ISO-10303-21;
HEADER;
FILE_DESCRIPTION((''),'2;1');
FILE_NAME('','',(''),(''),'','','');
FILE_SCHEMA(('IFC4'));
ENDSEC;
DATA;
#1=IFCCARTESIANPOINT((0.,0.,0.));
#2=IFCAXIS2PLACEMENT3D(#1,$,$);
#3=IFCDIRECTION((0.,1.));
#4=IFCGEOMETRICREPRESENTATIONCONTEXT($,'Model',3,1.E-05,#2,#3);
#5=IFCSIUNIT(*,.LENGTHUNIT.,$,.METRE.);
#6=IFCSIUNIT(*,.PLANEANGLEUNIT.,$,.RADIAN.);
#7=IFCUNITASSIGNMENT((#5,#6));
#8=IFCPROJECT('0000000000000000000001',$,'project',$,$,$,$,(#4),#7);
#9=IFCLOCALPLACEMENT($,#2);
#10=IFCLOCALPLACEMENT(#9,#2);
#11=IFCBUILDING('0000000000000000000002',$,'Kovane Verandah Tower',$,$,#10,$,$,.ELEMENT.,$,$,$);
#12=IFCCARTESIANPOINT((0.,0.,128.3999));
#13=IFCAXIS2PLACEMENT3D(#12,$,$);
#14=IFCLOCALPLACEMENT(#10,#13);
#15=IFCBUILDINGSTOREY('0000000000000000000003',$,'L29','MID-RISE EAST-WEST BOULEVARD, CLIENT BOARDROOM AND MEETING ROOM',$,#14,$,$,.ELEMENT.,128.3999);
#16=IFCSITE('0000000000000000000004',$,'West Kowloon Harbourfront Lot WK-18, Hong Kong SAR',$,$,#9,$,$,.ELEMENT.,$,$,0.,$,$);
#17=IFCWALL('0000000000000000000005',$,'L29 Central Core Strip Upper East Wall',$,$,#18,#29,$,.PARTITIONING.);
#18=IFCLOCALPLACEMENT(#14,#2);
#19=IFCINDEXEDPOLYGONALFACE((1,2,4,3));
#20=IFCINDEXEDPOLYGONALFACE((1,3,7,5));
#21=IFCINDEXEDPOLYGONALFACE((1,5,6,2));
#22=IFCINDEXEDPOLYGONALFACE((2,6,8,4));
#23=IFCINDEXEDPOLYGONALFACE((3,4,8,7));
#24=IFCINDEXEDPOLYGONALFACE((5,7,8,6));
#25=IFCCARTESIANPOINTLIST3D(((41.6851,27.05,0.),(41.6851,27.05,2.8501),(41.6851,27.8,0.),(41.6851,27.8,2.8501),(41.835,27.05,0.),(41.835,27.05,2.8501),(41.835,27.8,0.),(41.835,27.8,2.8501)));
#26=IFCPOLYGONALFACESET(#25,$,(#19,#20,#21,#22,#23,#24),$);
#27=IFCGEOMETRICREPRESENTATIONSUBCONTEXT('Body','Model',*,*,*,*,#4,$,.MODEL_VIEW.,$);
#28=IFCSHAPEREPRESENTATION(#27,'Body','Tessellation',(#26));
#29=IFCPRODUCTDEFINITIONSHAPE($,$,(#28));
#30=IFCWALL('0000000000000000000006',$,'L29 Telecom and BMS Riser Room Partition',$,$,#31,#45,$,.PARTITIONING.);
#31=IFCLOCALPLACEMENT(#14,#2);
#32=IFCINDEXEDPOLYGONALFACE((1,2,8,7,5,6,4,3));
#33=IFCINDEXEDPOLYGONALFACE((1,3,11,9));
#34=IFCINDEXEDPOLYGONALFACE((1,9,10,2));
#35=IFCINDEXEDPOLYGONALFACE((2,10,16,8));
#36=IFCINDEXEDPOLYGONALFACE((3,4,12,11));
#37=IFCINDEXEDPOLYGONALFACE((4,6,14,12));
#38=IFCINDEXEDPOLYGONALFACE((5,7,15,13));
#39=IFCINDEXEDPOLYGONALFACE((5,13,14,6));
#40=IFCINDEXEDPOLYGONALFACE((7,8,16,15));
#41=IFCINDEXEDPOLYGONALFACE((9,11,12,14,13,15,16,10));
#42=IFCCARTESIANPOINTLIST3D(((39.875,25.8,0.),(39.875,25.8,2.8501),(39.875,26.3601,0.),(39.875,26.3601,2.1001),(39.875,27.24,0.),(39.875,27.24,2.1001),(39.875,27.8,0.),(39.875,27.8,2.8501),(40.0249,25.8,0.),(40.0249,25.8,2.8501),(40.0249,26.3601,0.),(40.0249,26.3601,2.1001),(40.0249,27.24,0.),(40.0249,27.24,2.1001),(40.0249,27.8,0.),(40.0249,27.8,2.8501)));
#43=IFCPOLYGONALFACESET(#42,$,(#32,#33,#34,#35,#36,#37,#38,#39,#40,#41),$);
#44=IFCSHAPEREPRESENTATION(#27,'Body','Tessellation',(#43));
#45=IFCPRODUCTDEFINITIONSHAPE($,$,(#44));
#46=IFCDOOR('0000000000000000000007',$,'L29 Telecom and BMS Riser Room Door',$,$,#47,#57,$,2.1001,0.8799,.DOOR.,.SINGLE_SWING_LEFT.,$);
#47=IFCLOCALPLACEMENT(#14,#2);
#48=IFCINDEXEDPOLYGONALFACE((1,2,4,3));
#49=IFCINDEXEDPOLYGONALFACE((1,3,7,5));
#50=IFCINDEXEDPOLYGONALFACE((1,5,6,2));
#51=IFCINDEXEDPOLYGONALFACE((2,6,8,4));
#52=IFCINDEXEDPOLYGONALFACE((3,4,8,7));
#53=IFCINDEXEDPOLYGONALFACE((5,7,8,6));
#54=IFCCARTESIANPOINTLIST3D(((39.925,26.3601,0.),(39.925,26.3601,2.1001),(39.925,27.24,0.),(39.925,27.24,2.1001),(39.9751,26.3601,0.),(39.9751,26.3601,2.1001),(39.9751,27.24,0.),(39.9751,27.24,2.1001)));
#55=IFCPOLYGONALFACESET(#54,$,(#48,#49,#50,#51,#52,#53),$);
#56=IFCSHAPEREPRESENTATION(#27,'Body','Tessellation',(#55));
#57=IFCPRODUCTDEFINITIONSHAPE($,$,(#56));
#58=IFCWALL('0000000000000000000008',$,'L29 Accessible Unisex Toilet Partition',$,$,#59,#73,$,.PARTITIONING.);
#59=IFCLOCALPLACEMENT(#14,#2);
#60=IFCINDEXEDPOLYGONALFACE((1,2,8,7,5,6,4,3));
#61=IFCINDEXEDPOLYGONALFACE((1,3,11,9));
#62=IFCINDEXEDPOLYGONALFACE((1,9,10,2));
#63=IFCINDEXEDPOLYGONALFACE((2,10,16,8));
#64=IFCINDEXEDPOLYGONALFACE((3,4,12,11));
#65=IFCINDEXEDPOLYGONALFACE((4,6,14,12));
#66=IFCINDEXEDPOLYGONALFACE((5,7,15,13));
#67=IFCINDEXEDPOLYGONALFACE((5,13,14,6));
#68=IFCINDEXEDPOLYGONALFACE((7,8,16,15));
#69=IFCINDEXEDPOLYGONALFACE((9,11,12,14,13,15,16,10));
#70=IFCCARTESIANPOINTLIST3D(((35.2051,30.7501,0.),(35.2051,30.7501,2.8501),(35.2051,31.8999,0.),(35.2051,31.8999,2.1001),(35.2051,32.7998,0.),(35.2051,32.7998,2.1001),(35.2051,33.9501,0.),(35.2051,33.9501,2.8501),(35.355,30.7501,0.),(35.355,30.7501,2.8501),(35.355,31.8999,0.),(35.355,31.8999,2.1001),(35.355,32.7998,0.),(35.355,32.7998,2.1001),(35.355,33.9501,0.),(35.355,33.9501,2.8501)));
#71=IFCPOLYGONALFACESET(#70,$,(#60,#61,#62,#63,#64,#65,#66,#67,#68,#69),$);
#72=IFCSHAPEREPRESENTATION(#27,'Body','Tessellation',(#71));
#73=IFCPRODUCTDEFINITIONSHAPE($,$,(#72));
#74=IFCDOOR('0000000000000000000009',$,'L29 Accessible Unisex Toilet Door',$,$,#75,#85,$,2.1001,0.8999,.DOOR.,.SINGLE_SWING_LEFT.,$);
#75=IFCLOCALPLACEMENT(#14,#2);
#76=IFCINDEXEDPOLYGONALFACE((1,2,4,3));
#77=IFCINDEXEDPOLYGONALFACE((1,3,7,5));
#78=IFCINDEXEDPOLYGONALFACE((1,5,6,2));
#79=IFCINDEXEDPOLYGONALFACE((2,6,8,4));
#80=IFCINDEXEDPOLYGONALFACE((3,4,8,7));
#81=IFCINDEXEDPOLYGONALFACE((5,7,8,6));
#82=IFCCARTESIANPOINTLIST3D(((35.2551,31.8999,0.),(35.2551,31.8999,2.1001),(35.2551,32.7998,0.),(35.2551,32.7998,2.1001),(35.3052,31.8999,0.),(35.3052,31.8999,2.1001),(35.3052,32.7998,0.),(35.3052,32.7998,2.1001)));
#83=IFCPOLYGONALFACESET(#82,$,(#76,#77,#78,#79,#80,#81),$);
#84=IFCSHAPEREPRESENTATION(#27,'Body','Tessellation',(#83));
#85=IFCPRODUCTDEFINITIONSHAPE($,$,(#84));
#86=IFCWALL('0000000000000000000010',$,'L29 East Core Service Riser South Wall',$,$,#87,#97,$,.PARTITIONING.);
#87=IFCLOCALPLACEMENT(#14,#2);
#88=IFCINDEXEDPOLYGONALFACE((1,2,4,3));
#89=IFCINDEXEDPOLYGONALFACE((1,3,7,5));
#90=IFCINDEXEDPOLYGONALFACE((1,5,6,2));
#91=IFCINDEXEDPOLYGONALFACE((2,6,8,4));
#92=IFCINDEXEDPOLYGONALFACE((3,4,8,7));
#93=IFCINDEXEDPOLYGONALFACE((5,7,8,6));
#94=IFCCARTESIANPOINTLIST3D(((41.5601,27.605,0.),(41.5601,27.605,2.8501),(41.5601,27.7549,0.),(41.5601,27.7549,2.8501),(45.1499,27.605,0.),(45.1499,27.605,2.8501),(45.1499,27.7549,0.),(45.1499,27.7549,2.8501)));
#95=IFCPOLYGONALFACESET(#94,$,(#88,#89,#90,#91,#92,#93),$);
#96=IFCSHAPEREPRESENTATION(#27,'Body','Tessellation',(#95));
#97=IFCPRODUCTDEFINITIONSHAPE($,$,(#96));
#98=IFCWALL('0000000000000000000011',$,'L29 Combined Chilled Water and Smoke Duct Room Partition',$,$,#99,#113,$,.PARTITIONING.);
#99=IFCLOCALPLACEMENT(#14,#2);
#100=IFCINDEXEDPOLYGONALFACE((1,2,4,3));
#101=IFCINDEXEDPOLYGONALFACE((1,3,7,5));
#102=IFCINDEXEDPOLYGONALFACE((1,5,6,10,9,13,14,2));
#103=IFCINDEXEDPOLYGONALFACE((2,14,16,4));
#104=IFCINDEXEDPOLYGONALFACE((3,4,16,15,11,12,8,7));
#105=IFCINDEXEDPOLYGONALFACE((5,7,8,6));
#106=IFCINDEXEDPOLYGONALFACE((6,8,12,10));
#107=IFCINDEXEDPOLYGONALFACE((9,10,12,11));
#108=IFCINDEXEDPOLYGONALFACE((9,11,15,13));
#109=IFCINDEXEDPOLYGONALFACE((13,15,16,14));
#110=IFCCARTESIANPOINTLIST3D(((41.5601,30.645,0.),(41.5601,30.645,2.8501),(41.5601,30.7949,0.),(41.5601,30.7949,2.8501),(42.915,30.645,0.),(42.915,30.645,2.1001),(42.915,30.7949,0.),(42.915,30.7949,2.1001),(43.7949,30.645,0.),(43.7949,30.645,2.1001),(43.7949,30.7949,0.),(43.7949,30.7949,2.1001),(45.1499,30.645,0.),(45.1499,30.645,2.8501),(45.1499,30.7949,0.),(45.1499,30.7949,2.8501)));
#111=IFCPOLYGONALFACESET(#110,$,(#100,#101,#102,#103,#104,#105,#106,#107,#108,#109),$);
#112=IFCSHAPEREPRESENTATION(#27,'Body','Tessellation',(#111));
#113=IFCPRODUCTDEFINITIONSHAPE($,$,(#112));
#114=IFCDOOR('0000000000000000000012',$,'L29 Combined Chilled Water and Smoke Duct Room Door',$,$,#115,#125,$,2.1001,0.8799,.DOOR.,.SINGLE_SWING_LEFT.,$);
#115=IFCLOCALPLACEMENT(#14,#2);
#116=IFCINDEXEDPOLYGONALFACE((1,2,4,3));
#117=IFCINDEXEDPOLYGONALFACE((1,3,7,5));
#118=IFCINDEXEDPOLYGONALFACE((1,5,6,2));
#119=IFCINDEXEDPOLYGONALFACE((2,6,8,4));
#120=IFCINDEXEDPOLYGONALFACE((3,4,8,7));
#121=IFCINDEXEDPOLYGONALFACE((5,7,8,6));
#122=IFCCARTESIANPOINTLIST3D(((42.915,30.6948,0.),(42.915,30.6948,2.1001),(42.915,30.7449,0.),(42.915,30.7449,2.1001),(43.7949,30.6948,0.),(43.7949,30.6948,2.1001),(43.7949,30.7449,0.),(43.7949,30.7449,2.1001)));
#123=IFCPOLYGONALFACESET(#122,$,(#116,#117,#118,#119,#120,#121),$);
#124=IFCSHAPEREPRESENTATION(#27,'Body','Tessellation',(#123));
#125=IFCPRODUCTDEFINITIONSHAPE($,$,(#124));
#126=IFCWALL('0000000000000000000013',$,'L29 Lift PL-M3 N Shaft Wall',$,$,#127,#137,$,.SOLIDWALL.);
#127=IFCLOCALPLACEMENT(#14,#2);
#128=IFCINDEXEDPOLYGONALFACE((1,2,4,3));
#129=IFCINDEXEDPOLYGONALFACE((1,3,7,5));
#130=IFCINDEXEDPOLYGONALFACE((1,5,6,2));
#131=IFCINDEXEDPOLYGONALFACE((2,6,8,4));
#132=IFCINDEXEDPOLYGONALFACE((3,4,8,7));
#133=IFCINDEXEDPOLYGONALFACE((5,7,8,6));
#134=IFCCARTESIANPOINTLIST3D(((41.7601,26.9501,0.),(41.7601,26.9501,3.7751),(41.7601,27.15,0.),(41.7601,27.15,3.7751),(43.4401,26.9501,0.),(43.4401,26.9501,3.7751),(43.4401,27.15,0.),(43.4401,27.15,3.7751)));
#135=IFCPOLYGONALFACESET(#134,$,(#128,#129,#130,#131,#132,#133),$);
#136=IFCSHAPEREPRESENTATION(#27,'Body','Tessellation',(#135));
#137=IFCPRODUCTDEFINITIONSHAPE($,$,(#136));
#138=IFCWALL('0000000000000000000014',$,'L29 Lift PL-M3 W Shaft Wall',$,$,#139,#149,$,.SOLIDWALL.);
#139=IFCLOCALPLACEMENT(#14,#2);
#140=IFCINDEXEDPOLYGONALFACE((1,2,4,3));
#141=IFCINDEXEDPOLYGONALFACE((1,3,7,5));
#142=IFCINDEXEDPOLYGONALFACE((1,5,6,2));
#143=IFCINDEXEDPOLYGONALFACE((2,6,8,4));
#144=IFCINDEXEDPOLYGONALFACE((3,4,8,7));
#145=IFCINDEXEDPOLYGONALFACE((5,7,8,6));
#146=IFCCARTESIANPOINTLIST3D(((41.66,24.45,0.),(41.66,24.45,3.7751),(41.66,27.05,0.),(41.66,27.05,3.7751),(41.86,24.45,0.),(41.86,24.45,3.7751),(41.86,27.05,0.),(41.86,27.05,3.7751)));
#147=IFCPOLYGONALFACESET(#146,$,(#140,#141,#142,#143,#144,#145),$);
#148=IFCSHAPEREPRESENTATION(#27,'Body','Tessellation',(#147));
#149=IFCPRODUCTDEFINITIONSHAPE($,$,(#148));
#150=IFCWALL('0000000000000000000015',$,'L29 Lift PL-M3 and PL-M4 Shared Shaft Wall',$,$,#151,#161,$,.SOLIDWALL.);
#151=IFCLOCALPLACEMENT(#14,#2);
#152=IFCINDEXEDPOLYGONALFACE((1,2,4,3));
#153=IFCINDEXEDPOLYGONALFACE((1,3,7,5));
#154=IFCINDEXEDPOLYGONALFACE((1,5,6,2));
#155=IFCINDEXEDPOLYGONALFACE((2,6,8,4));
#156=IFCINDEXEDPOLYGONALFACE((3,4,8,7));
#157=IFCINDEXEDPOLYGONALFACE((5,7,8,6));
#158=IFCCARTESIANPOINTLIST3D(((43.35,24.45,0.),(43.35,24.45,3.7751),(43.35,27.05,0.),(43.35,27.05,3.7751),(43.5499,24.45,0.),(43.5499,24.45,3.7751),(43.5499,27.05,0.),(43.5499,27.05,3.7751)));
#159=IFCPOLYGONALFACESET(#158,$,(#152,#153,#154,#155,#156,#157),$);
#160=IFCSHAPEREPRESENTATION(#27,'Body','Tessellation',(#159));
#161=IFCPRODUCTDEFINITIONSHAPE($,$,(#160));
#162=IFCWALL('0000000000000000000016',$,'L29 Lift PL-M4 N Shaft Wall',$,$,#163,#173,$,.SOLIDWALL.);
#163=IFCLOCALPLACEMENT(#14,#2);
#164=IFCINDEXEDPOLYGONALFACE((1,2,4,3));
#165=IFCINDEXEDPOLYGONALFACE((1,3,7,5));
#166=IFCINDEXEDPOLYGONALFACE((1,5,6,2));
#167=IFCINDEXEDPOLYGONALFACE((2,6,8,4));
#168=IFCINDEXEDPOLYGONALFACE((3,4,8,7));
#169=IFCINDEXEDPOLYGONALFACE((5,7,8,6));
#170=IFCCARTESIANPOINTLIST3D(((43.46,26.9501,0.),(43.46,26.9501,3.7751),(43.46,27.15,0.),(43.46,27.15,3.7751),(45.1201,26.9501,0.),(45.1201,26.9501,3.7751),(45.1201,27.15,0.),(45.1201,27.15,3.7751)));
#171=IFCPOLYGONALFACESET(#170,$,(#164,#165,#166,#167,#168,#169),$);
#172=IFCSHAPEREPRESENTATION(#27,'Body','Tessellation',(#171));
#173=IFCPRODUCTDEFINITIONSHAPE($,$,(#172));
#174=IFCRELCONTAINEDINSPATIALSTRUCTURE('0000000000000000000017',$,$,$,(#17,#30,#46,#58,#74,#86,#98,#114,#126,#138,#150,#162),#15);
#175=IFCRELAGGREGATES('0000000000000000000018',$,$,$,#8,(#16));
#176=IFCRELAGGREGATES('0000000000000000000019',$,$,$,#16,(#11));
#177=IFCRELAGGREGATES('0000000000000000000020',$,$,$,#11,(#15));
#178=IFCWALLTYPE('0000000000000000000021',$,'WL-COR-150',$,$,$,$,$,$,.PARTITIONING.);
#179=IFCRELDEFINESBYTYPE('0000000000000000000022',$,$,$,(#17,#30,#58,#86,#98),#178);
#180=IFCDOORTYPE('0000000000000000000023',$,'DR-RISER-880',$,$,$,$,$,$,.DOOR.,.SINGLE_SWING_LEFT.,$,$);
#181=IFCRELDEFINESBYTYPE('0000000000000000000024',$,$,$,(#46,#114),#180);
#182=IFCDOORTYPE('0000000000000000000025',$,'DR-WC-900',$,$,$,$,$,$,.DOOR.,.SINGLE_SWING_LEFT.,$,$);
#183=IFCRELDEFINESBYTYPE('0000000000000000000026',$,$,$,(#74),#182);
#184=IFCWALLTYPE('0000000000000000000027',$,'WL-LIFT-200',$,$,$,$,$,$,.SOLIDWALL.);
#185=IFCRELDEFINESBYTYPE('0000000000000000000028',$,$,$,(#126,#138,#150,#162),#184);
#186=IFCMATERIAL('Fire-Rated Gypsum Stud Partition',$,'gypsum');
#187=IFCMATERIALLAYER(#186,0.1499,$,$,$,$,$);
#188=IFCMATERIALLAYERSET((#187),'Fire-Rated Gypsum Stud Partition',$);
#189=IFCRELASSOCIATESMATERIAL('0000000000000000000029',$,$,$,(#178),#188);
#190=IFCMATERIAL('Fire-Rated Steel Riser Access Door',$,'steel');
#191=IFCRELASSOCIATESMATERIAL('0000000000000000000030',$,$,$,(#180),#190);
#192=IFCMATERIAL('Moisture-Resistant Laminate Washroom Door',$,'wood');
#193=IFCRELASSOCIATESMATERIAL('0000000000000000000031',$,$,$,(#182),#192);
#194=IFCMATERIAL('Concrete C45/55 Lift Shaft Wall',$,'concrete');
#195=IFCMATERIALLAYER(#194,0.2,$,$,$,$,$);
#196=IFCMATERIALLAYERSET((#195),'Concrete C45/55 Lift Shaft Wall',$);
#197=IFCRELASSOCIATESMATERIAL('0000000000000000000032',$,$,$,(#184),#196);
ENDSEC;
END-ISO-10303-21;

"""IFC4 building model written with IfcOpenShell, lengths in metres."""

from ifc_helpers import new_model, si_unit, direction, frame, frame_2d, origin, place, context, subcontext, project, spatial, rectangle, extrude, material, layer, layer_set, type_object, element, fill, save


model = new_model("IFC4")

# Units and contexts
model_context = context("Model", 3, precision=1e-05, world=origin(), true_north=direction((0.0, 1.0)))
body_context = subcontext(model_context, "Body", "Model", "MODEL_VIEW")
ifc_project = project(units=[si_unit("LENGTHUNIT", "METRE"), si_unit("PLANEANGLEUNIT", "RADIAN")], contexts=[model_context])

# Site, building, storey
site_placement = place(None, origin())
site = spatial("IfcSite", under=ifc_project, at=site_placement, Name="West Kowloon Harbourfront Lot WK-18, Hong Kong SAR", CompositionType="ELEMENT", RefElevation=0.0)
building_placement = place(site_placement, origin())
building = spatial("IfcBuilding", under=site, at=building_placement, Name="Kovane Verandah Tower", CompositionType="ELEMENT")
storey_placement = place(building_placement, frame((0.0, 0.0, 128.3999)))
storey = spatial("IfcBuildingStorey", under=building, at=storey_placement, Name="L29", Description="MID-RISE EAST-WEST BOULEVARD, CLIENT BOARDROOM AND MEETING ROOM", CompositionType="ELEMENT", Elevation=128.3999)

# Wall
ifc_material_1 = material(Name="Fire-Rated Gypsum Stud Partition", Category="gypsum")
ifc_layer_1 = layer(ifc_material_1, 0.1499)
ifc_layer_set_1 = layer_set([ifc_layer_1], Name="Fire-Rated Gypsum Stud Partition")
wall_type_1 = type_object("IfcWallType", Name="WL-COR-150", PredefinedType="PARTITIONING", material=ifc_layer_set_1)
wall_1_placement = place(storey_placement, frame((41.76, 27.05, 0.0), z_axis=(0.0, 0.0, 1.0), x_axis=(0.0, 1.0, 0.0)))
element("IfcWall", 1, at=wall_1_placement, inside=storey, type_object=wall_type_1, Name="L29 Central Core Strip Upper East Wall", PredefinedType="PARTITIONING", context=body_context, shape_type="SweptSolid", body=[
    extrude(rectangle(XDim=0.75, YDim=0.1499, at=frame_2d((0.375, 0.0))), origin(), (0.0, 0.0, 1.0), 2.8501),
])

# Walls, openings, doors
wall_2_placement = place(storey_placement, frame((39.95, 25.8, 0.0), z_axis=(0.0, 0.0, 1.0), x_axis=(0.0, 1.0, 0.0)))
wall_2 = element("IfcWall", 2, at=wall_2_placement, inside=storey, type_object=wall_type_1, Name="L29 Telecom and BMS Riser Room Partition", PredefinedType="PARTITIONING", context=body_context, shape_type="SweptSolid", body=[
    extrude(rectangle(XDim=2.0, YDim=0.1499, at=frame_2d((1.0, 0.0))), origin(), (0.0, 0.0, 1.0), 2.8501),
])
opening_1_placement = place(wall_2_placement, frame((0.5601, 0.0, 0.0)))
opening_1 = element("IfcOpeningElement", 3, at=opening_1_placement, cuts=wall_2, PredefinedType="OPENING", context=body_context, shape_type="SweptSolid", body=[
    extrude(rectangle(XDim=0.8799, YDim=2.1001, at=frame_2d((0.4399, 1.05))), frame((0.0, 0.075, 0.0), z_axis=(0.0, -1.0, 0.0), x_axis=(1.0, 0.0, 0.0)), (0.0, 0.0, 1.0), 0.1499),
])
ifc_material_2 = material(Name="Fire-Rated Steel Riser Access Door", Category="steel")
door_type_1 = type_object("IfcDoorType", Name="DR-RISER-880", OperationType="SINGLE_SWING_LEFT", PredefinedType="DOOR", material=ifc_material_2)
door_1_placement = place(opening_1_placement, origin())
door_1 = element("IfcDoor", 4, at=door_1_placement, inside=storey, type_object=door_type_1, Name="L29 Telecom and BMS Riser Room Door", OperationType="SINGLE_SWING_LEFT", OverallHeight=2.1001, OverallWidth=0.8799, PredefinedType="DOOR", context=body_context, shape_type="SweptSolid", body=[
    extrude(rectangle(XDim=0.8799, YDim=2.1001, at=frame_2d((0.4399, 1.05))), frame((0.0, 0.0249, 0.0), z_axis=(0.0, -1.0, 0.0), x_axis=(1.0, 0.0, 0.0)), (0.0, 0.0, 1.0), 0.05),
])
fill(opening_1, door_1)
wall_3_placement = place(storey_placement, frame((35.28, 30.75, 0.0), z_axis=(0.0, 0.0, 1.0), x_axis=(0.0, 1.0, 0.0)))
wall_3 = element("IfcWall", 5, at=wall_3_placement, inside=storey, type_object=wall_type_1, Name="L29 Accessible Unisex Toilet Partition", PredefinedType="PARTITIONING", context=body_context, shape_type="SweptSolid", body=[
    extrude(rectangle(XDim=3.2, YDim=0.1499, at=frame_2d((1.6001, 0.0))), origin(), (0.0, 0.0, 1.0), 2.8501),
])
opening_2_placement = place(wall_3_placement, frame((1.1499, 0.0, 0.0)))
opening_2 = element("IfcOpeningElement", 6, at=opening_2_placement, cuts=wall_3, PredefinedType="OPENING", context=body_context, shape_type="SweptSolid", body=[
    extrude(rectangle(XDim=0.8999, YDim=2.1001, at=frame_2d((0.45, 1.05))), frame((0.0, 0.075, 0.0), z_axis=(0.0, -1.0, 0.0), x_axis=(1.0, 0.0, 0.0)), (0.0, 0.0, 1.0), 0.1499),
])
ifc_material_3 = material(Name="Moisture-Resistant Laminate Washroom Door", Category="wood")
door_type_2 = type_object("IfcDoorType", Name="DR-WC-900", OperationType="SINGLE_SWING_LEFT", PredefinedType="DOOR", material=ifc_material_3)
door_2_placement = place(opening_2_placement, origin())
door_2 = element("IfcDoor", 7, at=door_2_placement, inside=storey, type_object=door_type_2, Name="L29 Accessible Unisex Toilet Door", OperationType="SINGLE_SWING_LEFT", OverallHeight=2.1001, OverallWidth=0.8999, PredefinedType="DOOR", context=body_context, shape_type="SweptSolid", body=[
    extrude(rectangle(XDim=0.8999, YDim=2.1001, at=frame_2d((0.45, 1.05))), frame((0.0, 0.0249, 0.0), z_axis=(0.0, -1.0, 0.0), x_axis=(1.0, 0.0, 0.0)), (0.0, 0.0, 1.0), 0.05),
])
fill(opening_2, door_2)

# Wall
wall_4_placement = place(storey_placement, frame((41.5601, 27.6799, 0.0), z_axis=(0.0, 0.0, 1.0), x_axis=(1.0, 0.0, 0.0)))
element("IfcWall", 8, at=wall_4_placement, inside=storey, type_object=wall_type_1, Name="L29 East Core Service Riser South Wall", PredefinedType="PARTITIONING", context=body_context, shape_type="SweptSolid", body=[
    extrude(rectangle(XDim=3.5898, YDim=0.1499, at=frame_2d((1.7949, 0.0))), origin(), (0.0, 0.0, 1.0), 2.8501),
])

# Wall, opening, door
wall_5_placement = place(storey_placement, frame((41.5601, 30.72, 0.0), z_axis=(0.0, 0.0, 1.0), x_axis=(1.0, 0.0, 0.0)))
wall_5 = element("IfcWall", 9, at=wall_5_placement, inside=storey, type_object=wall_type_1, Name="L29 Combined Chilled Water and Smoke Duct Room Partition", PredefinedType="PARTITIONING", context=body_context, shape_type="SweptSolid", body=[
    extrude(rectangle(XDim=3.5898, YDim=0.1499, at=frame_2d((1.7949, 0.0))), origin(), (0.0, 0.0, 1.0), 2.8501),
])
opening_3_placement = place(wall_5_placement, frame((1.355, 0.0, 0.0)))
opening_3 = element("IfcOpeningElement", 10, at=opening_3_placement, cuts=wall_5, PredefinedType="OPENING", context=body_context, shape_type="SweptSolid", body=[
    extrude(rectangle(XDim=0.8799, YDim=2.1001, at=frame_2d((0.4399, 1.05))), frame((0.0, 0.075, 0.0), z_axis=(0.0, -1.0, 0.0), x_axis=(1.0, 0.0, 0.0)), (0.0, 0.0, 1.0), 0.1499),
])
door_3_placement = place(opening_3_placement, origin())
door_3 = element("IfcDoor", 11, at=door_3_placement, inside=storey, type_object=door_type_1, Name="L29 Combined Chilled Water and Smoke Duct Room Door", OperationType="SINGLE_SWING_LEFT", OverallHeight=2.1001, OverallWidth=0.8799, PredefinedType="DOOR", context=body_context, shape_type="SweptSolid", body=[
    extrude(rectangle(XDim=0.8799, YDim=2.1001, at=frame_2d((0.4399, 1.05))), frame((0.0, 0.0249, 0.0), z_axis=(0.0, -1.0, 0.0), x_axis=(1.0, 0.0, 0.0)), (0.0, 0.0, 1.0), 0.05),
])
fill(opening_3, door_3)
ifc_material_4 = material(Name="Concrete C45/55 Lift Shaft Wall", Category="concrete")
ifc_layer_2 = layer(ifc_material_4, 0.2)
ifc_layer_set_2 = layer_set([ifc_layer_2], Name="Concrete C45/55 Lift Shaft Wall")
wall_type_2 = type_object("IfcWallType", Name="WL-LIFT-200", PredefinedType="SOLIDWALL", material=ifc_layer_set_2)

# Walls
wall_6_placement = place(storey_placement, frame((43.4399, 27.05, 0.0), z_axis=(0.0, 0.0, 1.0), x_axis=(-1.0, 0.0, 0.0)))
element("IfcWall", 12, at=wall_6_placement, inside=storey, type_object=wall_type_2, Name="L29 Lift PL-M3 N Shaft Wall", PredefinedType="SOLIDWALL", context=body_context, shape_type="SweptSolid", body=[
    extrude(rectangle(XDim=1.6799, YDim=0.2, at=frame_2d((0.8398, 0.0))), origin(), (0.0, 0.0, 1.0), 3.7751),
])
for number, where, z_axis, x_axis, name in (
    (13, (41.76, 27.05, 0.0), (0.0, 0.0, 1.0), (0.0, -1.0, 0.0), "L29 Lift PL-M3 W Shaft Wall"),
    (14, (43.45, 24.45, 0.0), (0.0, 0.0, 1.0), (0.0, 1.0, 0.0), "L29 Lift PL-M3 and PL-M4 Shared Shaft Wall"),
):
    element("IfcWall", number, at=place(storey_placement, frame(where, z_axis=z_axis, x_axis=x_axis)), inside=storey, type_object=wall_type_2, Name=name, PredefinedType="SOLIDWALL", context=body_context, shape_type="SweptSolid", body=[
        extrude(rectangle(XDim=2.6001, YDim=0.2, at=frame_2d((1.3, 0.0))), origin(), (0.0, 0.0, 1.0), 3.7751),
    ])

# Wall
wall_7_placement = place(storey_placement, frame((45.1201, 27.05, 0.0), z_axis=(0.0, 0.0, 1.0), x_axis=(-1.0, 0.0, 0.0)))
element("IfcWall", 15, at=wall_7_placement, inside=storey, type_object=wall_type_2, Name="L29 Lift PL-M4 N Shaft Wall", PredefinedType="SOLIDWALL", context=body_context, shape_type="SweptSolid", body=[
    extrude(rectangle(XDim=1.6602, YDim=0.2, at=frame_2d((0.8301, 0.0))), origin(), (0.0, 0.0, 1.0), 3.7751),
])

save(model, "model.ifc")
